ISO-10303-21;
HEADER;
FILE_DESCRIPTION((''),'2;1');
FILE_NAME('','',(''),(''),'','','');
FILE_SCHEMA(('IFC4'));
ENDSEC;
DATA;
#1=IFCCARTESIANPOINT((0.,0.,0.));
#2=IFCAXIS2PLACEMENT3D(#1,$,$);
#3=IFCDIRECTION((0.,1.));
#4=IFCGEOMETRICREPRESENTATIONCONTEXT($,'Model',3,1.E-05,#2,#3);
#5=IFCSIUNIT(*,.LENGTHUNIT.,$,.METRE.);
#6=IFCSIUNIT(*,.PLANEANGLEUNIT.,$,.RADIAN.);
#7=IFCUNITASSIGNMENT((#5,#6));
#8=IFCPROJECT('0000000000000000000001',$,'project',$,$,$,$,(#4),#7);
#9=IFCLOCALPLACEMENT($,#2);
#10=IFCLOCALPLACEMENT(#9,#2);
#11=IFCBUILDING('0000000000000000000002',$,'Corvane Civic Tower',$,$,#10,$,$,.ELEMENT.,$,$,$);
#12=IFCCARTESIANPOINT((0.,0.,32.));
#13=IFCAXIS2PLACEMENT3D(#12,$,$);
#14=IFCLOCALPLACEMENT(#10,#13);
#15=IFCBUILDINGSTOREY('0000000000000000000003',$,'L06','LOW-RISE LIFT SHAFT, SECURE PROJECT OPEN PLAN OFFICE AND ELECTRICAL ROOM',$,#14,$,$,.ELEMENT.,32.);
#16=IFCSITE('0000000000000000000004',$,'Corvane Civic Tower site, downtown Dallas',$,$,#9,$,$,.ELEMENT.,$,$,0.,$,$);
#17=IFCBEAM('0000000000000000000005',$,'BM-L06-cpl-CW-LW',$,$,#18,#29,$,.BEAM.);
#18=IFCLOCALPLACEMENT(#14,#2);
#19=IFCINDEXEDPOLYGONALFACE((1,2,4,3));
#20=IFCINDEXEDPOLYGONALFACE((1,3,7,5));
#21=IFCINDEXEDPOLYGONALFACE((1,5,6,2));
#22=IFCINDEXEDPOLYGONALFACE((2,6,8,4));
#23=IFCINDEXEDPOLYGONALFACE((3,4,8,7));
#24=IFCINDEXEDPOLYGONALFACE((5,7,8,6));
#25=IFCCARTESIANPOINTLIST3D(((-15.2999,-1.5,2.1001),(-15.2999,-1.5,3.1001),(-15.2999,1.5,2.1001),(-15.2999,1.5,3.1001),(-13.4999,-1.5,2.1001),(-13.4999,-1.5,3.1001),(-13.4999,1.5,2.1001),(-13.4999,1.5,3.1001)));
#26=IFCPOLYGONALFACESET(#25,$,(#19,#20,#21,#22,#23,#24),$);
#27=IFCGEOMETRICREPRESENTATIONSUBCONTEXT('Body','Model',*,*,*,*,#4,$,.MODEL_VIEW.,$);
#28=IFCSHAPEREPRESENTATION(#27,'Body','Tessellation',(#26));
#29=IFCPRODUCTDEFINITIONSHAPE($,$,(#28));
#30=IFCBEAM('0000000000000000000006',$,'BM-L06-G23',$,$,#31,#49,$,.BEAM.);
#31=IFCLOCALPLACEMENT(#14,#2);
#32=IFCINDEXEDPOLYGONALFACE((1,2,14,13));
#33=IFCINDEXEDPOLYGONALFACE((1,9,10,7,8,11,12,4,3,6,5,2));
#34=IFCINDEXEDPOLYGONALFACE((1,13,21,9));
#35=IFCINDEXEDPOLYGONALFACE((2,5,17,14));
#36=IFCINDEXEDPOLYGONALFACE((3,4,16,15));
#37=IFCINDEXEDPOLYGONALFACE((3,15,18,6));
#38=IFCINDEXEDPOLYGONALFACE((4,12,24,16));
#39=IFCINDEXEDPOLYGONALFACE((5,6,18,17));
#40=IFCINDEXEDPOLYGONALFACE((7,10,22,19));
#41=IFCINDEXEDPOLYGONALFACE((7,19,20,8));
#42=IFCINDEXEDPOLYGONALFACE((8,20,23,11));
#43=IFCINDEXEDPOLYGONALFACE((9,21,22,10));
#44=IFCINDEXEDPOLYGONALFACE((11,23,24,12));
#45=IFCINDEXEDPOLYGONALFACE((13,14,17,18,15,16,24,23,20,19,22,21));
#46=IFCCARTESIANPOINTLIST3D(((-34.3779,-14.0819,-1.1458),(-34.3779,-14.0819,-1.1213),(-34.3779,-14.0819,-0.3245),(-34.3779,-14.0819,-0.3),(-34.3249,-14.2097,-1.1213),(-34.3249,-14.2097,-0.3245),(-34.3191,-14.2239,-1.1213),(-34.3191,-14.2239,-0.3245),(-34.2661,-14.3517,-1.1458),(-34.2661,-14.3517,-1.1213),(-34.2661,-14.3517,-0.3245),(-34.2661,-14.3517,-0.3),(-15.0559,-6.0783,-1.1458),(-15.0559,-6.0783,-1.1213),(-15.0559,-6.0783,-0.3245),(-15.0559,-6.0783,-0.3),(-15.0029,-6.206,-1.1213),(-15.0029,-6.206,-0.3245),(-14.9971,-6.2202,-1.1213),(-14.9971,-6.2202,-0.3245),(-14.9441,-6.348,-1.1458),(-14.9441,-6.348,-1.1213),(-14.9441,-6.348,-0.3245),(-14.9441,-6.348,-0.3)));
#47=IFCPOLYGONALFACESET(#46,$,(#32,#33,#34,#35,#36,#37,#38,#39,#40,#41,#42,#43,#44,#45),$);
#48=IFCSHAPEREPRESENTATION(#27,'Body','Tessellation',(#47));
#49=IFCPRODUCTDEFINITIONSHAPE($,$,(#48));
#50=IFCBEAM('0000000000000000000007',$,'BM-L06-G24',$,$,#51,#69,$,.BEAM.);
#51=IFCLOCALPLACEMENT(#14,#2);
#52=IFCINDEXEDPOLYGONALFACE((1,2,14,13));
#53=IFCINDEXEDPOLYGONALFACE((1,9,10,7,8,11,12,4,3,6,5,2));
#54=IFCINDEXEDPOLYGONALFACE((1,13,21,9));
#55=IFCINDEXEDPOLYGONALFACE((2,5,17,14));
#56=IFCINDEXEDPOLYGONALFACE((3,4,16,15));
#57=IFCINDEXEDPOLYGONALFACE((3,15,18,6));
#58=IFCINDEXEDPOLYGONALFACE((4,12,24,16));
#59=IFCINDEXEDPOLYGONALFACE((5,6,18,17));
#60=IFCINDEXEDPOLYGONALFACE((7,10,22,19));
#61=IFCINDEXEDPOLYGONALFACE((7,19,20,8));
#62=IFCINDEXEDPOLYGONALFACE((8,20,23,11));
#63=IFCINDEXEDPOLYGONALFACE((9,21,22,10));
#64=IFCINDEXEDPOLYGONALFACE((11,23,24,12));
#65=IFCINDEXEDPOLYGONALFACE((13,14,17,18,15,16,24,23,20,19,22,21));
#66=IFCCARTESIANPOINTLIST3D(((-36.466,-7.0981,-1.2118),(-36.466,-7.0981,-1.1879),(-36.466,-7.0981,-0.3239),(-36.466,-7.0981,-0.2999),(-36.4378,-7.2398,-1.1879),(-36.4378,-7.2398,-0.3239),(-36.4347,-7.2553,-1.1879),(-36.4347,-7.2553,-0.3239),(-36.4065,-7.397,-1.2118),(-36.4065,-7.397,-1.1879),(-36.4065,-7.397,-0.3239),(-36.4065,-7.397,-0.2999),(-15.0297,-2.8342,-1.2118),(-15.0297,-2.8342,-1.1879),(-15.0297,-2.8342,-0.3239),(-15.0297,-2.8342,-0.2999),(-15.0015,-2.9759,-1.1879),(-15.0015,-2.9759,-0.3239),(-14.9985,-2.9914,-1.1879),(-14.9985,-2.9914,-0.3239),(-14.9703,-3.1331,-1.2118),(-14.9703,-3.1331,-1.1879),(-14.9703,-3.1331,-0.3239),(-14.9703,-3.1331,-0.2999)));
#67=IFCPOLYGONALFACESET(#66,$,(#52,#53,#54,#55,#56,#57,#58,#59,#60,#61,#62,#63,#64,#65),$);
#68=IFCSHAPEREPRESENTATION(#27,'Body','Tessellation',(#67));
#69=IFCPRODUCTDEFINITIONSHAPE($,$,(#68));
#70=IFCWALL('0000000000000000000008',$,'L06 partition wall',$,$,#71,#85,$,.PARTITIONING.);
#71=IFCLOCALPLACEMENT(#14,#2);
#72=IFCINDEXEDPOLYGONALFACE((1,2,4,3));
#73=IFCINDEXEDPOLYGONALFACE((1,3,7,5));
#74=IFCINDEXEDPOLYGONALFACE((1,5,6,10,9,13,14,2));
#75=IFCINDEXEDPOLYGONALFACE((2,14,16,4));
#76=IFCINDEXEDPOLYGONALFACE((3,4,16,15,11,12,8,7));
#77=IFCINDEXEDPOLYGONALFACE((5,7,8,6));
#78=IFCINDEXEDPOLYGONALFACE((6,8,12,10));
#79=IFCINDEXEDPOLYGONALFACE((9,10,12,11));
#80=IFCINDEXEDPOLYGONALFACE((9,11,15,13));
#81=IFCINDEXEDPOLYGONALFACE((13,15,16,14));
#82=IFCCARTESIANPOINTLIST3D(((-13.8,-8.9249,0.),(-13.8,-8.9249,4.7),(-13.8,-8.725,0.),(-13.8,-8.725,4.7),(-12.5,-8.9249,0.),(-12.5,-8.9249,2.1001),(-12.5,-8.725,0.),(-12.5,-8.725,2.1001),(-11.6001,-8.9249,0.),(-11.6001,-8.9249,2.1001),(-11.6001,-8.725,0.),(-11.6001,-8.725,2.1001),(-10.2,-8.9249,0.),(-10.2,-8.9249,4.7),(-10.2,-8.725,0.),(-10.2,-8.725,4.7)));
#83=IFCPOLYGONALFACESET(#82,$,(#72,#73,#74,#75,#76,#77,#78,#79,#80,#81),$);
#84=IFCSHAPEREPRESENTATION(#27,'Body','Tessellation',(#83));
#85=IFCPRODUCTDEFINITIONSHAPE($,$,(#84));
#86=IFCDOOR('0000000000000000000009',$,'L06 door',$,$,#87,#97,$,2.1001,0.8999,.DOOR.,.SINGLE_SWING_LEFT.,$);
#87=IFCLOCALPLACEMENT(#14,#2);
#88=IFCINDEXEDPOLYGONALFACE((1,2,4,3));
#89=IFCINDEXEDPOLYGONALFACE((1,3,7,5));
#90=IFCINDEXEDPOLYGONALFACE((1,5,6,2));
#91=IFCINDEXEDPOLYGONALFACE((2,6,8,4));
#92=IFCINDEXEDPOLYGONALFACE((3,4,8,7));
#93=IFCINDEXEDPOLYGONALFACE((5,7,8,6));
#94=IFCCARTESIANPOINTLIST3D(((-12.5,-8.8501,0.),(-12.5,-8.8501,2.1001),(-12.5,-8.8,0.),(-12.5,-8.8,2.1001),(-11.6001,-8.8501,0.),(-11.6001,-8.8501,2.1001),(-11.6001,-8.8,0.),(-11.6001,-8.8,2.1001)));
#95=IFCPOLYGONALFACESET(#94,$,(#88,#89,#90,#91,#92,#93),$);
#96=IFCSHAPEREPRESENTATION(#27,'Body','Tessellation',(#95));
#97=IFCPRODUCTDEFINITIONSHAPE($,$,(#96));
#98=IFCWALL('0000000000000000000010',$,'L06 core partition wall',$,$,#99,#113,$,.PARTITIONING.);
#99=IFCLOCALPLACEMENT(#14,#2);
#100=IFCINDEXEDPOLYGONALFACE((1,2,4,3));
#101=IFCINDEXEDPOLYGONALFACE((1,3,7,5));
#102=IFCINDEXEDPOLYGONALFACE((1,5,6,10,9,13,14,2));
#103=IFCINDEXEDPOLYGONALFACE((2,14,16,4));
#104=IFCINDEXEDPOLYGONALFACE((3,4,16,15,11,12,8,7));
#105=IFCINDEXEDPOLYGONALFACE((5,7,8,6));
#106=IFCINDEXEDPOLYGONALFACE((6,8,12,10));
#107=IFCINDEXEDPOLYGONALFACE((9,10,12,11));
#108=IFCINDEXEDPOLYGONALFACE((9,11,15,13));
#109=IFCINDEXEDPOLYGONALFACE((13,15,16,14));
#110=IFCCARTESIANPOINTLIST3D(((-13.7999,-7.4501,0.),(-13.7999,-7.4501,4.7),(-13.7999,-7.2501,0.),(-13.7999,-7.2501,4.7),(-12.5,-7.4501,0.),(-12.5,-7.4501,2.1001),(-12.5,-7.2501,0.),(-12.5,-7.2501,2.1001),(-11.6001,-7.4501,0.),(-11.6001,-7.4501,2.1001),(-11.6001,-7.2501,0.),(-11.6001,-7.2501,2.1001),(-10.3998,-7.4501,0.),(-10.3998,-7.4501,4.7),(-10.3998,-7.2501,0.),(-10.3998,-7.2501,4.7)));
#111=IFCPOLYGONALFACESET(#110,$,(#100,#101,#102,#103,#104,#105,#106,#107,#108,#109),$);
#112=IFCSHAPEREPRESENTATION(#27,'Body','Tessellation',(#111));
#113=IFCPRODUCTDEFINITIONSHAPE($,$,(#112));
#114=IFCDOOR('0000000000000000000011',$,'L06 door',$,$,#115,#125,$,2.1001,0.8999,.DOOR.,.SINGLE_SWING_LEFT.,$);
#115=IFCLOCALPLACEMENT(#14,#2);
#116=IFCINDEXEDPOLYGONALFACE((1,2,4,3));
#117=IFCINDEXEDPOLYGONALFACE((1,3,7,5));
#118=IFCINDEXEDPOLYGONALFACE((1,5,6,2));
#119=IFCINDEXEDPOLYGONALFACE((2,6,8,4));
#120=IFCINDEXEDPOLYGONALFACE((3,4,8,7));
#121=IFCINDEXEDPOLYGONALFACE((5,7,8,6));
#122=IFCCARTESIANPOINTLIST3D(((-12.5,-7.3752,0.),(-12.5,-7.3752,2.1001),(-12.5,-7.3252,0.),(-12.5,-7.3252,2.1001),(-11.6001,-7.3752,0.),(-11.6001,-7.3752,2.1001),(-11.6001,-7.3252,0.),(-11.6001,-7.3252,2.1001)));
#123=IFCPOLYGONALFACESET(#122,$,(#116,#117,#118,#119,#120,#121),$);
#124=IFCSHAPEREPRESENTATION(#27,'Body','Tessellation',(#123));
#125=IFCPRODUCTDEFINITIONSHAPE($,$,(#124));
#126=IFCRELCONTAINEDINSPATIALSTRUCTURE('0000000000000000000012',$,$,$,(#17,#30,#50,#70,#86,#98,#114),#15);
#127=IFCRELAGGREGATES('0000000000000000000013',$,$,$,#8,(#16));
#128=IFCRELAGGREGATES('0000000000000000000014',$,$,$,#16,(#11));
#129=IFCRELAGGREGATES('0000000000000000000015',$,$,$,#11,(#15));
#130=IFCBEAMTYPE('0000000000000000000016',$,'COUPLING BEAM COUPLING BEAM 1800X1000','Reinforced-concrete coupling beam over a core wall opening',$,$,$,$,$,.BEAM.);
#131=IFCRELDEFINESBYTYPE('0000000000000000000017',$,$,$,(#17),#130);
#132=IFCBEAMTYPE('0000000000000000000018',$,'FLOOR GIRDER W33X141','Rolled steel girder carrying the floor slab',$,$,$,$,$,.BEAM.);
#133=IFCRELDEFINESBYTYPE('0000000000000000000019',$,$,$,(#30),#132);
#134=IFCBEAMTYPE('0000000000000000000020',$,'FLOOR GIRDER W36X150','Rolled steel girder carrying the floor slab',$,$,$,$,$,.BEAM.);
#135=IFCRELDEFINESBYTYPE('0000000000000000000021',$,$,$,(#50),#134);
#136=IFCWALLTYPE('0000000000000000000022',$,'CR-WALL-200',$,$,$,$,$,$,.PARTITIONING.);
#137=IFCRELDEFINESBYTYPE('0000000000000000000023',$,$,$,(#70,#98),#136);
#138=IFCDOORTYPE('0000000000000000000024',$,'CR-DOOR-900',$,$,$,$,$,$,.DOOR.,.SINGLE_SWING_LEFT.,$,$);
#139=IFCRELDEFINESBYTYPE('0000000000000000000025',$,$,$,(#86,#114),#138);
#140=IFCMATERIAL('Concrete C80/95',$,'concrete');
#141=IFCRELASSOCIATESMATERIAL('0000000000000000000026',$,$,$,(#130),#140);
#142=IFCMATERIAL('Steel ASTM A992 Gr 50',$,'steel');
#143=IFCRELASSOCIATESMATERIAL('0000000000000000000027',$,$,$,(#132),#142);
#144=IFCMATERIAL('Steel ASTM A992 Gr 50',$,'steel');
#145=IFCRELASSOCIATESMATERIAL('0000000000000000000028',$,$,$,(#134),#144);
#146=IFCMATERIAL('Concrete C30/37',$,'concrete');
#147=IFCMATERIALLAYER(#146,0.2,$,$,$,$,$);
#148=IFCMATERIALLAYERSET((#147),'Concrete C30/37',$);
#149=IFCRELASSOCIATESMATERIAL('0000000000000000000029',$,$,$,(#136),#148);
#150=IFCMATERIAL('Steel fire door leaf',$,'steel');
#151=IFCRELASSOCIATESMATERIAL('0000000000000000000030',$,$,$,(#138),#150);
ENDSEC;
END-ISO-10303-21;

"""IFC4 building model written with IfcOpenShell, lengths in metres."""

from ifc_helpers import new_model, si_unit, direction, frame, frame_2d, origin, origin_2d, place, context, subcontext, project, spatial, rectangle, i_section, extrude, material, layer, layer_set, material_profile, profile_set, type_object, element, fill, save


model = new_model("IFC4")

# Units and contexts
model_context = context("Model", 3, precision=1e-05, world=origin(), true_north=direction((0.0, 1.0)))
body_context = subcontext(model_context, "Body", "Model", "MODEL_VIEW")
ifc_project = project(units=[si_unit("LENGTHUNIT", "METRE"), si_unit("PLANEANGLEUNIT", "RADIAN")], contexts=[model_context])

# Site, building, storey
site_placement = place(None, origin())
site = spatial("IfcSite", under=ifc_project, at=site_placement, Name="Corvane Civic Tower site, downtown Dallas", CompositionType="ELEMENT", RefElevation=0.0)
building_placement = place(site_placement, origin())
building = spatial("IfcBuilding", under=site, at=building_placement, Name="Corvane Civic Tower", CompositionType="ELEMENT")
storey_placement = place(building_placement, frame((0.0, 0.0, 32.0)))
storey = spatial("IfcBuildingStorey", under=building, at=storey_placement, Name="L06", Description="LOW-RISE LIFT SHAFT, SECURE PROJECT OPEN PLAN OFFICE AND ELECTRICAL ROOM", CompositionType="ELEMENT", Elevation=32.0)

# Beams
ifc_material_1 = material(Name="Concrete C80/95", Category="concrete")
ifc_material_profile_1 = material_profile(ifc_material_1, rectangle(XDim=1.8, YDim=1.0, at=origin_2d()), Name="COUPLING BEAM 1800X1000")
ifc_profile_set_1 = profile_set([ifc_material_profile_1], Name="Concrete C80/95")
beam_type_1 = type_object("IfcBeamType", Name="COUPLING BEAM COUPLING BEAM 1800X1000", Description="Reinforced-concrete coupling beam over a core wall opening", PredefinedType="BEAM", material=ifc_profile_set_1)
beam_1_placement = place(storey_placement, frame((-14.3999, -1.5, 2.6001), z_axis=(0.0, 1.0, 0.0), x_axis=(-1.0, 0.0, 0.0)))
element("IfcBeam", 1, at=beam_1_placement, inside=storey, type_object=beam_type_1, Name="BM-L06-cpl-CW-LW", PredefinedType="BEAM", context=body_context, shape_type="SweptSolid", body=[
    extrude(rectangle(XDim=1.8, YDim=1.0, at=origin_2d()), origin(), (0.0, 0.0, 1.0), 3.0),
])
ifc_material_2 = material(Name="Steel ASTM A992 Gr 50", Category="steel")
ifc_material_profile_2 = material_profile(ifc_material_2, i_section(OverallWidth=0.292, OverallDepth=0.8457, WebThickness=0.0154, FlangeThickness=0.0244, at=origin_2d()), Name="W33X141")
ifc_profile_set_2 = profile_set([ifc_material_profile_2], Name="Steel ASTM A992 Gr 50")
beam_type_2 = type_object("IfcBeamType", Name="FLOOR GIRDER W33X141", Description="Rolled steel girder carrying the floor slab", PredefinedType="BEAM", material=ifc_profile_set_2)
beam_2_placement = place(storey_placement, frame((-15.0, -6.2131, -0.7229), z_axis=(-0.923876, -0.382692, 0.0), x_axis=(0.382692, -0.923876, 0.0)))
element("IfcBeam", 2, at=beam_2_placement, inside=storey, type_object=beam_type_2, Name="BM-L06-G23", PredefinedType="BEAM", context=body_context, shape_type="SweptSolid", body=[
    extrude(i_section(OverallWidth=0.292, OverallDepth=0.8457, WebThickness=0.0154, FlangeThickness=0.0244, at=origin_2d()), origin(), (0.0, 0.0, 1.0), 20.9141),
])
ifc_material_3 = material(Name="Steel ASTM A992 Gr 50", Category="steel")
ifc_material_profile_3 = material_profile(ifc_material_3, i_section(OverallWidth=0.3047, OverallDepth=0.9119, WebThickness=0.0159, FlangeThickness=0.0239, at=origin_2d()), Name="W36X150")
ifc_profile_set_3 = profile_set([ifc_material_profile_3], Name="Steel ASTM A992 Gr 50")
beam_type_3 = type_object("IfcBeamType", Name="FLOOR GIRDER W36X150", Description="Rolled steel girder carrying the floor slab", PredefinedType="BEAM", material=ifc_profile_set_3)
beam_3_placement = place(storey_placement, frame((-15.0, -2.9836, -0.7559), z_axis=(-0.980785, -0.195089, 0.0), x_axis=(0.195089, -0.980785, 0.0)))
element("IfcBeam", 3, at=beam_3_placement, inside=storey, type_object=beam_type_3, Name="BM-L06-G24", PredefinedType="BEAM", context=body_context, shape_type="SweptSolid", body=[
    extrude(i_section(OverallWidth=0.3047, OverallDepth=0.9119, WebThickness=0.0159, FlangeThickness=0.0239, at=origin_2d()), origin(), (0.0, 0.0, 1.0), 21.8562),
])

# Walls, openings, doors
ifc_material_4 = material(Name="Concrete C30/37", Category="concrete")
ifc_layer_1 = layer(ifc_material_4, 0.2)
ifc_layer_set_1 = layer_set([ifc_layer_1], Name="Concrete C30/37")
wall_type_1 = type_object("IfcWallType", Name="CR-WALL-200", PredefinedType="PARTITIONING", material=ifc_layer_set_1)
wall_1_placement = place(storey_placement, frame((-13.8, -8.825, 0.0), z_axis=(0.0, 0.0, 1.0), x_axis=(1.0, 0.0, 0.0)))
wall_1 = element("IfcWall", 4, at=wall_1_placement, inside=storey, type_object=wall_type_1, Name="L06 partition wall", PredefinedType="PARTITIONING", context=body_context, shape_type="SweptSolid", body=[
    extrude(rectangle(XDim=3.6001, YDim=0.2, at=frame_2d((1.8, 0.0))), origin(), (0.0, 0.0, 1.0), 4.7),
])
opening_1_placement = place(wall_1_placement, frame((1.3, 0.0, 0.0)))
opening_1 = element("IfcOpeningElement", 5, at=opening_1_placement, cuts=wall_1, PredefinedType="OPENING", context=body_context, shape_type="SweptSolid", body=[
    extrude(rectangle(XDim=0.8999, YDim=2.1001, at=frame_2d((0.45, 1.05))), frame((0.0, 0.1099, 0.0), z_axis=(0.0, -1.0, 0.0), x_axis=(1.0, 0.0, 0.0)), (0.0, 0.0, 1.0), 0.22),
])
ifc_material_5 = material(Name="Steel fire door leaf", Category="steel")
door_type_1 = type_object("IfcDoorType", Name="CR-DOOR-900", OperationType="SINGLE_SWING_LEFT", PredefinedType="DOOR", material=ifc_material_5)
door_1_placement = place(opening_1_placement, origin())
door_1 = element("IfcDoor", 6, at=door_1_placement, inside=storey, type_object=door_type_1, Name="L06 door", OperationType="SINGLE_SWING_LEFT", OverallHeight=2.1001, OverallWidth=0.8999, PredefinedType="DOOR", context=body_context, shape_type="SweptSolid", body=[
    extrude(rectangle(XDim=0.8999, YDim=2.1001, at=frame_2d((0.45, 1.05))), frame((0.0, 0.0249, 0.0), z_axis=(0.0, -1.0, 0.0), x_axis=(1.0, 0.0, 0.0)), (0.0, 0.0, 1.0), 0.05),
])
fill(opening_1, door_1)
wall_2_placement = place(storey_placement, frame((-13.8, -7.3501, 0.0), z_axis=(0.0, 0.0, 1.0), x_axis=(1.0, 0.0, 0.0)))
wall_2 = element("IfcWall", 7, at=wall_2_placement, inside=storey, type_object=wall_type_1, Name="L06 core partition wall", PredefinedType="PARTITIONING", context=body_context, shape_type="SweptSolid", body=[
    extrude(rectangle(XDim=3.4001, YDim=0.2, at=frame_2d((1.7002, 0.0))), origin(), (0.0, 0.0, 1.0), 4.7),
])
opening_2_placement = place(wall_2_placement, frame((1.3, 0.0, 0.0)))
opening_2 = element("IfcOpeningElement", 8, at=opening_2_placement, cuts=wall_2, PredefinedType="OPENING", context=body_context, shape_type="SweptSolid", body=[
    extrude(rectangle(XDim=0.8999, YDim=2.1001, at=frame_2d((0.45, 1.05))), frame((0.0, 0.1099, 0.0), z_axis=(0.0, -1.0, 0.0), x_axis=(1.0, 0.0, 0.0)), (0.0, 0.0, 1.0), 0.22),
])
door_2_placement = place(opening_2_placement, origin())
door_2 = element("IfcDoor", 9, at=door_2_placement, inside=storey, type_object=door_type_1, Name="L06 door", OperationType="SINGLE_SWING_LEFT", OverallHeight=2.1001, OverallWidth=0.8999, PredefinedType="DOOR", context=body_context, shape_type="SweptSolid", body=[
    extrude(rectangle(XDim=0.8999, YDim=2.1001, at=frame_2d((0.45, 1.05))), frame((0.0, 0.0249, 0.0), z_axis=(0.0, -1.0, 0.0), x_axis=(1.0, 0.0, 0.0)), (0.0, 0.0, 1.0), 0.05),
])
fill(opening_2, door_2)

save(model, "model.ifc")
